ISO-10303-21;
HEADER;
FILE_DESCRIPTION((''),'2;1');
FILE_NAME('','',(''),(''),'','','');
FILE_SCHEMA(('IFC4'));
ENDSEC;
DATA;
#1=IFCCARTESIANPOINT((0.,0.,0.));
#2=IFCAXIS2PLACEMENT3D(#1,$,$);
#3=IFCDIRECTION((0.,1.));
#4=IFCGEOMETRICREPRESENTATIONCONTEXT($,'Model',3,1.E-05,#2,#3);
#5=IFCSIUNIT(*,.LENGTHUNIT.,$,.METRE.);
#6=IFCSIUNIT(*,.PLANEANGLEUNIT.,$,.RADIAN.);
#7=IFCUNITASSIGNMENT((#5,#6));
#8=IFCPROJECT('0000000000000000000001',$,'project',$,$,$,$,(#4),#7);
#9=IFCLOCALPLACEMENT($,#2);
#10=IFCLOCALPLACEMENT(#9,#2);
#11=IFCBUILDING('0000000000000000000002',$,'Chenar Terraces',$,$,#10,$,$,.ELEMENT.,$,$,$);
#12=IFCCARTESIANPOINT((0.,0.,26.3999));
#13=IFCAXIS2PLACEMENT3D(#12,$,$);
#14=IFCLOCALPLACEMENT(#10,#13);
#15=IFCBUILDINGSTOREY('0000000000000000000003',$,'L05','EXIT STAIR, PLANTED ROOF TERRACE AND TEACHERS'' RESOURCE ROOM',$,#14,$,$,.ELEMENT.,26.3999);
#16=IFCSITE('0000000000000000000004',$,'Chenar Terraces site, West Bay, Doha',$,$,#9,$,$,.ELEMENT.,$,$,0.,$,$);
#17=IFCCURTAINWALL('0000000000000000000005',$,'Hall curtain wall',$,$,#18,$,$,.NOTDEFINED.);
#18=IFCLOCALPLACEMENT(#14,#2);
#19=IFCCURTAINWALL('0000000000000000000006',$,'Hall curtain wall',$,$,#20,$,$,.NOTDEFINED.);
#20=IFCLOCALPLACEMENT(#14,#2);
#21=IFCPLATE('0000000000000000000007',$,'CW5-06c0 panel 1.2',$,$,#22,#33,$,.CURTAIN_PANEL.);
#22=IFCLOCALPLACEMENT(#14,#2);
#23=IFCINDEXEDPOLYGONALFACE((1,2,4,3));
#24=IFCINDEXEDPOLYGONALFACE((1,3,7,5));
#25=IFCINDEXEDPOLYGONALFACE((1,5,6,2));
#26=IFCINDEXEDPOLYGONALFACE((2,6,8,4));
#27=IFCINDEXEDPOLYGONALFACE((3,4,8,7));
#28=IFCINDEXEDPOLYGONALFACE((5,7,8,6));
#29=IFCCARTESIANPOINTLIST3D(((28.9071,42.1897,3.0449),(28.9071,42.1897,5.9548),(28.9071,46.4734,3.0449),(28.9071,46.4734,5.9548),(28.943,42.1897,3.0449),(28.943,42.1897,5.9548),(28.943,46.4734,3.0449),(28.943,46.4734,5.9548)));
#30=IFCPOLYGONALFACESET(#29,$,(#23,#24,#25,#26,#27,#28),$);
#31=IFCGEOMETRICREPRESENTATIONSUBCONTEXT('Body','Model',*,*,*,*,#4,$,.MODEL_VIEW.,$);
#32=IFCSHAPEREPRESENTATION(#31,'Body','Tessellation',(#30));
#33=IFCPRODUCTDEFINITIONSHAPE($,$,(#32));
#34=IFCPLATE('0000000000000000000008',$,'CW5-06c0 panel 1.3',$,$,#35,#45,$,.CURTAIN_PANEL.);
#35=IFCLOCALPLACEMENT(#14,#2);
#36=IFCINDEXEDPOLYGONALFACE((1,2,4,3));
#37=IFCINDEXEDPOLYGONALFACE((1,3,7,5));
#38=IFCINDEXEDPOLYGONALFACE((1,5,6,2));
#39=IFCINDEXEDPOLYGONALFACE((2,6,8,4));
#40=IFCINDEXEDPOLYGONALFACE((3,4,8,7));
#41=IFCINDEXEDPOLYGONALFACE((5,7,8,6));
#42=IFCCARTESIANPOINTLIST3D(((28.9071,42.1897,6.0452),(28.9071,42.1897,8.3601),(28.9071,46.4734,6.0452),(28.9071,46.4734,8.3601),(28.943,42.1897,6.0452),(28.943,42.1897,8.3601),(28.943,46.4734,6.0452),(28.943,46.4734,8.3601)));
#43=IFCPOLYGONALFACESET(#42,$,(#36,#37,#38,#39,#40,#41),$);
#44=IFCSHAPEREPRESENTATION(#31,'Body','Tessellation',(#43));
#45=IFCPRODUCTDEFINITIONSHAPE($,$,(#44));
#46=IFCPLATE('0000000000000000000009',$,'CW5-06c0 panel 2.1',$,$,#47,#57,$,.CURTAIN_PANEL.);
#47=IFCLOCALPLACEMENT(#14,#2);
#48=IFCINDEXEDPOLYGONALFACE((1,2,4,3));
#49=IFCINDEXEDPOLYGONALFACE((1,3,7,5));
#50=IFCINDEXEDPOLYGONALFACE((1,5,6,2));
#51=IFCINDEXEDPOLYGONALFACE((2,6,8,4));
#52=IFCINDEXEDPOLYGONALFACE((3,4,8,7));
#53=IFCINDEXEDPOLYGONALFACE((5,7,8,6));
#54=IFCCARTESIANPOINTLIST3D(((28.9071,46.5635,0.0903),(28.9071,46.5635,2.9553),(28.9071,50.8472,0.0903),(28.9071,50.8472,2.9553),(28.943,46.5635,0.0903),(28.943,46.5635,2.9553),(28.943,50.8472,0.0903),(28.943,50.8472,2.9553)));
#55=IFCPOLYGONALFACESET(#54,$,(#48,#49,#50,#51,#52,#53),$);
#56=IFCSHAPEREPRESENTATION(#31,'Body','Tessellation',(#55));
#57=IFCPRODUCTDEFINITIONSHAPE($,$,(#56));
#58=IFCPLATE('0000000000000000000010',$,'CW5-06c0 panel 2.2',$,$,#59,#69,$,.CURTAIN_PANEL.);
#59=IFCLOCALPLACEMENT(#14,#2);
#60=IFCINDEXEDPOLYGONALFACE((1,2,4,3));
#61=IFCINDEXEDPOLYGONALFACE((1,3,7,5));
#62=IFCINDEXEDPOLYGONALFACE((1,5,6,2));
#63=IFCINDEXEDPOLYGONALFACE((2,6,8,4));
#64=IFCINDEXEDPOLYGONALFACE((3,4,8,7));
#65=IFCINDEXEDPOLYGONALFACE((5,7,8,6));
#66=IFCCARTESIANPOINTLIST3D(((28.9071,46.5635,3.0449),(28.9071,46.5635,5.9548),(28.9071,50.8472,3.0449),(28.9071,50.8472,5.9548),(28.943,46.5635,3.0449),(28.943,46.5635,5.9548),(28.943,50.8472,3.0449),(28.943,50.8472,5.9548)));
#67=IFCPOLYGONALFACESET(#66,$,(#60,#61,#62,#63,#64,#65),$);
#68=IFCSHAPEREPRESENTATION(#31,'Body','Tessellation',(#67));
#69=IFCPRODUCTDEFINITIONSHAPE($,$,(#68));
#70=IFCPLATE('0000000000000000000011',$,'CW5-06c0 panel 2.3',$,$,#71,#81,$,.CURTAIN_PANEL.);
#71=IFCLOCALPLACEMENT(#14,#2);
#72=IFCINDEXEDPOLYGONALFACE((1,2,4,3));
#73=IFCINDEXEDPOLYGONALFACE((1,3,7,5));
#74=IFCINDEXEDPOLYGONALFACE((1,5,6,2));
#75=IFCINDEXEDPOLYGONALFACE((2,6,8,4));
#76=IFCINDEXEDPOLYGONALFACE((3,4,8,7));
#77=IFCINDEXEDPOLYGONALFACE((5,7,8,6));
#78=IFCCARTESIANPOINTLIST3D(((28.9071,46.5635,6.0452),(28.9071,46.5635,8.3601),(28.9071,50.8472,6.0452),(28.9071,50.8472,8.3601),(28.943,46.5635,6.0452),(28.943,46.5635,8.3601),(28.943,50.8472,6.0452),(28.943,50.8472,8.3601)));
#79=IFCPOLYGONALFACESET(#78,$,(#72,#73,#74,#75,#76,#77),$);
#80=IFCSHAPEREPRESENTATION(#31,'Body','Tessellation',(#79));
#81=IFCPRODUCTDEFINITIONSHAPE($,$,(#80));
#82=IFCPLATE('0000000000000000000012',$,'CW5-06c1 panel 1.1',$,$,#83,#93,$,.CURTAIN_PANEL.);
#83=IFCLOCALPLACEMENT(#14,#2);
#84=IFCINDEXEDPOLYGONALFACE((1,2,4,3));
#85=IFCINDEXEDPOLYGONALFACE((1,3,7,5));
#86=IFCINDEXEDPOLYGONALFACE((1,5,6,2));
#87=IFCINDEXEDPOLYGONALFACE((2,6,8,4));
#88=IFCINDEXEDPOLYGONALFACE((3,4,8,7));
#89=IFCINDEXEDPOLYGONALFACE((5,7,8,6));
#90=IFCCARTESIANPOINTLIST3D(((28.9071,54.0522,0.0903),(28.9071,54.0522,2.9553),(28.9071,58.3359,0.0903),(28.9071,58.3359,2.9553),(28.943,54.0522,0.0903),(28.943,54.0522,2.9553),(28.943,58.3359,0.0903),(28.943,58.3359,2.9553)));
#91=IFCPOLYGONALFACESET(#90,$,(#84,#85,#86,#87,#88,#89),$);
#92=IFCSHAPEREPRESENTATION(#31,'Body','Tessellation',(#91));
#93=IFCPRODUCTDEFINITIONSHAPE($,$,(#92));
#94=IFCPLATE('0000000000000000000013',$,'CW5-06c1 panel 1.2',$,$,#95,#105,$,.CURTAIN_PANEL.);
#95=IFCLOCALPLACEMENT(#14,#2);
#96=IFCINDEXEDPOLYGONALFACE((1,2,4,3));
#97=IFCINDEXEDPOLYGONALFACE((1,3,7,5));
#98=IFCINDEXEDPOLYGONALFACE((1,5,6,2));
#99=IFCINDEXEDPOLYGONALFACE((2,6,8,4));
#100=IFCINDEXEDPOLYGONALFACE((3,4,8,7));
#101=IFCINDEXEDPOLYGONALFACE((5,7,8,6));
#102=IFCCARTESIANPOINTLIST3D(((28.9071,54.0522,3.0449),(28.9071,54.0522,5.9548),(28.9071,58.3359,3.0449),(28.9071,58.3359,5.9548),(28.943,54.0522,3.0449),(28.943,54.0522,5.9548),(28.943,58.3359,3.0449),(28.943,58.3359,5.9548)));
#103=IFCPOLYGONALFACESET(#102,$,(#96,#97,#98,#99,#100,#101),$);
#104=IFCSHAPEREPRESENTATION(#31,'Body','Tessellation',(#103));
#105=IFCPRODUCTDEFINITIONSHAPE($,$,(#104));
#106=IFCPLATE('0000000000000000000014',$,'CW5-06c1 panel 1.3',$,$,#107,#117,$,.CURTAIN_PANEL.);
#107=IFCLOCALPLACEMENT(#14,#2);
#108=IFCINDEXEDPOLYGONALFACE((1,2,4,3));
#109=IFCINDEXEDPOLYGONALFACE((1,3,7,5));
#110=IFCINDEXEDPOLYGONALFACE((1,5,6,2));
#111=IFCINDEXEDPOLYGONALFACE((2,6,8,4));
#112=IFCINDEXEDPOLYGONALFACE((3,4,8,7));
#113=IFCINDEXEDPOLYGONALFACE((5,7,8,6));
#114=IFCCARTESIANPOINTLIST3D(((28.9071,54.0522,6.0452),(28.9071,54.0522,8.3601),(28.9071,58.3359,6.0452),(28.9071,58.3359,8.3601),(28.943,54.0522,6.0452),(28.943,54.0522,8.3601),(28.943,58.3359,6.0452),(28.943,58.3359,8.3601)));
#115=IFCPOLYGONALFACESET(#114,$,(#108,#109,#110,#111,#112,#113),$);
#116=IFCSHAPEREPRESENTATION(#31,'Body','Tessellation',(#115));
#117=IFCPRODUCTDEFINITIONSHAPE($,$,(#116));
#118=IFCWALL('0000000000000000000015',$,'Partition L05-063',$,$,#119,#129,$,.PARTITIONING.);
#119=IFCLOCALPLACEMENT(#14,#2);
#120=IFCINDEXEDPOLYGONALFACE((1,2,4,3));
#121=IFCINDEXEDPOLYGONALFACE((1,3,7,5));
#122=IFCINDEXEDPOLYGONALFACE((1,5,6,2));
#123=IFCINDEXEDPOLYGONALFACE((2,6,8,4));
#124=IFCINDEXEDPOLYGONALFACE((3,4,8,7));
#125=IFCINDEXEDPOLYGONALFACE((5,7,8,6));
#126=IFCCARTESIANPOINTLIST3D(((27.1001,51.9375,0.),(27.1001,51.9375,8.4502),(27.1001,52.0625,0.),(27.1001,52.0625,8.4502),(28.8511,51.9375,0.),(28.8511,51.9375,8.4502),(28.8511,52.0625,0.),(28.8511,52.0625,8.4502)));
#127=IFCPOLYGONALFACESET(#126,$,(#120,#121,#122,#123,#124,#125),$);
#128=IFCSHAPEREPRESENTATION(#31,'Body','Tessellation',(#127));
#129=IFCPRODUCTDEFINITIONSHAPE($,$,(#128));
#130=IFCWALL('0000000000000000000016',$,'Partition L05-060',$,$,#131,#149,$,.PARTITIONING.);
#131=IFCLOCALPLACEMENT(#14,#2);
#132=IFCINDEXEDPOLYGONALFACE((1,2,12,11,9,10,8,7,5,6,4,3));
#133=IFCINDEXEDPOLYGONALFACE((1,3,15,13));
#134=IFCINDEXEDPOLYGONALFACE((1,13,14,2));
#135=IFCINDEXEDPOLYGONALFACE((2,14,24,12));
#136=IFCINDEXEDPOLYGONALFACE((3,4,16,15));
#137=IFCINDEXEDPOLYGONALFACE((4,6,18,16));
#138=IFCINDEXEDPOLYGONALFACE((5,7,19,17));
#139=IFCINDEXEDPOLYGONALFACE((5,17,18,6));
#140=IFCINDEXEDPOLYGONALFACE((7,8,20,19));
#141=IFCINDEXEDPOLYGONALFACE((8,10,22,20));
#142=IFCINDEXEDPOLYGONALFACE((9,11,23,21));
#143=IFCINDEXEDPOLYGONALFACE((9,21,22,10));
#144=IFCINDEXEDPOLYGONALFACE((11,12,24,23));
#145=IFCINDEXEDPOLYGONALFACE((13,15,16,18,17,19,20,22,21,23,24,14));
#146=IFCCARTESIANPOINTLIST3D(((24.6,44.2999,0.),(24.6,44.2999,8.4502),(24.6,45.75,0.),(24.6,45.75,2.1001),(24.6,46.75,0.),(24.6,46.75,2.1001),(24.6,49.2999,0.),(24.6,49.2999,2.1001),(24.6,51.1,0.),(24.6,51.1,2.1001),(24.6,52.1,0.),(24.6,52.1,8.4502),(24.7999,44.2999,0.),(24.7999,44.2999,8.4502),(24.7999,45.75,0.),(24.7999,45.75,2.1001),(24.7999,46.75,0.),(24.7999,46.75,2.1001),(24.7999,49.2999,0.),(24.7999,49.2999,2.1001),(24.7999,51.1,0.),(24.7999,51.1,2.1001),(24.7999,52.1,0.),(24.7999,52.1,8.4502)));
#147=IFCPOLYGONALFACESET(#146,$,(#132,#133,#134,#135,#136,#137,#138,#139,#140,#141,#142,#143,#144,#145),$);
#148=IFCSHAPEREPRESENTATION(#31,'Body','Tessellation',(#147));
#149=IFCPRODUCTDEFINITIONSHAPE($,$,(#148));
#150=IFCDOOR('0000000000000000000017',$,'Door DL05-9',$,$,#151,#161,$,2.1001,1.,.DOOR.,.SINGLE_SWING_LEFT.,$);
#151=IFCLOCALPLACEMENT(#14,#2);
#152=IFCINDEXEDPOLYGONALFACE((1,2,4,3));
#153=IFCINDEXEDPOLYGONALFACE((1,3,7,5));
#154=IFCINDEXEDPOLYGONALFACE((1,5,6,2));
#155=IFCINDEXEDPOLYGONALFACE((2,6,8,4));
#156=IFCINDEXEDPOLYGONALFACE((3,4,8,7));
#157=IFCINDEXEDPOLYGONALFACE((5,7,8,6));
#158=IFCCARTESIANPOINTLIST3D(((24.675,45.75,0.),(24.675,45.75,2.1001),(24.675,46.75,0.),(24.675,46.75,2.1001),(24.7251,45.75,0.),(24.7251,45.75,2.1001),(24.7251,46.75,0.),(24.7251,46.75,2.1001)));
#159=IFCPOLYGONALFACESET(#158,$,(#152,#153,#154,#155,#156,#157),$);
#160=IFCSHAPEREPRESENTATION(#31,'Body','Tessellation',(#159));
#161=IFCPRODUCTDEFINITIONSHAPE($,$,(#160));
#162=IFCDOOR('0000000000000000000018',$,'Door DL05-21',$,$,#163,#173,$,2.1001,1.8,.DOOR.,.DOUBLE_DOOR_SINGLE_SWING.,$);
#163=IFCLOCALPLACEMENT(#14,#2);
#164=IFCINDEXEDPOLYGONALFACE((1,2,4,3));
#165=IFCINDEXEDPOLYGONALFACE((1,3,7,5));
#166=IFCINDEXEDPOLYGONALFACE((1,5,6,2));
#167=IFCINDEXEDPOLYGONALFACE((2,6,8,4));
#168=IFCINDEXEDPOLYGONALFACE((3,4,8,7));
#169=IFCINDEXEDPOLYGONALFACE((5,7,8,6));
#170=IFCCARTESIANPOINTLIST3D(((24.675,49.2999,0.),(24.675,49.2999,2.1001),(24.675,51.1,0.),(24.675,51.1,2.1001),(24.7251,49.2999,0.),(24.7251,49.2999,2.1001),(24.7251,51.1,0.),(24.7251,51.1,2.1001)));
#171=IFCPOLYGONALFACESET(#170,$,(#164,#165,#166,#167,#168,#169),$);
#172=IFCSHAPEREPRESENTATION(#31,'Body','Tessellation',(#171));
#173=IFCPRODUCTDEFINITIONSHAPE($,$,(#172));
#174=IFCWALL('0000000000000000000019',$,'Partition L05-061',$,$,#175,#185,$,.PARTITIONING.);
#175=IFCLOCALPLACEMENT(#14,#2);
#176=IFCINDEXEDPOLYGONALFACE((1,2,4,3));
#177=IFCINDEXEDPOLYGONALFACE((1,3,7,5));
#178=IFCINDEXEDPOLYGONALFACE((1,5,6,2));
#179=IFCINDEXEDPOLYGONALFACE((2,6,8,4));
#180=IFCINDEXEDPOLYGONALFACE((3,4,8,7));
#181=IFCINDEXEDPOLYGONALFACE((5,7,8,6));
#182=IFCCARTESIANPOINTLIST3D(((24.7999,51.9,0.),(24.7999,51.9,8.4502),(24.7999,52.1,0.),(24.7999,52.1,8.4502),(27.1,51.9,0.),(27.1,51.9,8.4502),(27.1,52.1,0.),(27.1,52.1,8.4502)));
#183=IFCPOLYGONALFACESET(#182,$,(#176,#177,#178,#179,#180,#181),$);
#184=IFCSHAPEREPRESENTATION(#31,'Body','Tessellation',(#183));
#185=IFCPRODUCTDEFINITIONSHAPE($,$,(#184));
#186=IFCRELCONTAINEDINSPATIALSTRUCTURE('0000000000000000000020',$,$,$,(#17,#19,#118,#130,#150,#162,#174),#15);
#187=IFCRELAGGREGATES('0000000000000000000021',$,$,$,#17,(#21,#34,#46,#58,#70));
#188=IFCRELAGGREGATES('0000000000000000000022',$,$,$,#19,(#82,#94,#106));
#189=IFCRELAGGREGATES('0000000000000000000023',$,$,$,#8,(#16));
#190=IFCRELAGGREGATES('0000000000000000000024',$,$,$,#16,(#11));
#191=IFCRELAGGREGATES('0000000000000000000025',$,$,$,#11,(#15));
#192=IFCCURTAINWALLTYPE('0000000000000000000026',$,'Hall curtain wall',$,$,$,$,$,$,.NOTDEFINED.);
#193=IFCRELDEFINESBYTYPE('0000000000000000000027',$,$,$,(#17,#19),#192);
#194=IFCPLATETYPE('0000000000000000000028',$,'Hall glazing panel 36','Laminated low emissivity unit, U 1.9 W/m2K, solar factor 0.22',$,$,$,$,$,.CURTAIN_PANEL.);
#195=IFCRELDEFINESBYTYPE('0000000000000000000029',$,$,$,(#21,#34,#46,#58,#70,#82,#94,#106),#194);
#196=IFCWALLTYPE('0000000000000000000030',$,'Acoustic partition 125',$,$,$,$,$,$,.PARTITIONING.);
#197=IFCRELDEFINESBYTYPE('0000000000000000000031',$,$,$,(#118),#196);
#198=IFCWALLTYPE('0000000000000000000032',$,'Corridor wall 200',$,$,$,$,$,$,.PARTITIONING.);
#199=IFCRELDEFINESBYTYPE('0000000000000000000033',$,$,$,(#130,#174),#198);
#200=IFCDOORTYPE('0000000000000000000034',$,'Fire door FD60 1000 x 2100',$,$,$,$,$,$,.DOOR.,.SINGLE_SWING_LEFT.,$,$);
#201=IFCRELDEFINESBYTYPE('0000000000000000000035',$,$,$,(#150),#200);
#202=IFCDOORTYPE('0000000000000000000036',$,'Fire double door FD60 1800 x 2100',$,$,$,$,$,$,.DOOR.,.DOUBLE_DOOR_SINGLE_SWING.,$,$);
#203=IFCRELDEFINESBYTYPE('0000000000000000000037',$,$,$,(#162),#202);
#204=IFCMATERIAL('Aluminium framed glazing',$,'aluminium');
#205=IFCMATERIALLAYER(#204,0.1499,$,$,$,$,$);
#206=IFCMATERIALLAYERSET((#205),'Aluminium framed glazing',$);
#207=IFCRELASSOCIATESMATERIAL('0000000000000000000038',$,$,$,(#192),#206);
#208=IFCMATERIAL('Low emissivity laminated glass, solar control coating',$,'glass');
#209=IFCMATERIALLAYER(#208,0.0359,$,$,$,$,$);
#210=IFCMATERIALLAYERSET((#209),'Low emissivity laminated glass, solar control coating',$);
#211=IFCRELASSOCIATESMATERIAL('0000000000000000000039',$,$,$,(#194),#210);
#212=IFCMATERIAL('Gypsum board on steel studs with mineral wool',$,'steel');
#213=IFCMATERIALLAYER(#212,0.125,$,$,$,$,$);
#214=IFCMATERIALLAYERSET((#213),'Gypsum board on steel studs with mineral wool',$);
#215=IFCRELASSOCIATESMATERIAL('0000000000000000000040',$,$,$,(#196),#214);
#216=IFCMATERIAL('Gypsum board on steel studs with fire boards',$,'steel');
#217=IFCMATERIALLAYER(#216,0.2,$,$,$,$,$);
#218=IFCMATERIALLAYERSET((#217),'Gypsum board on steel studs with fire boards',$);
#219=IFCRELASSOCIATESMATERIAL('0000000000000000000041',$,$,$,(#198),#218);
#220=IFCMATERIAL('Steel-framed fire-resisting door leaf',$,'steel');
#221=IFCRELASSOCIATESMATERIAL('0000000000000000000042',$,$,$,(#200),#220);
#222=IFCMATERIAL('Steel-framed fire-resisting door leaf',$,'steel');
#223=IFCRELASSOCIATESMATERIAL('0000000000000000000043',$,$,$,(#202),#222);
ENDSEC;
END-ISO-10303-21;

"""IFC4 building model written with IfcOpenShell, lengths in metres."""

from ifc_helpers import new_model, si_unit, direction, frame, frame_2d, origin, origin_2d, place, context, subcontext, project, spatial, rectangle, extrude, material, layer, layer_set, type_object, element, fill, aggregate, save


model = new_model("IFC4")

# Units and contexts
model_context = context("Model", 3, precision=1e-05, world=origin(), true_north=direction((0.0, 1.0)))
body_context = subcontext(model_context, "Body", "Model", "MODEL_VIEW")
ifc_project = project(units=[si_unit("LENGTHUNIT", "METRE"), si_unit("PLANEANGLEUNIT", "RADIAN")], contexts=[model_context])

# Site, building, storey
site_placement = place(None, origin())
site = spatial("IfcSite", under=ifc_project, at=site_placement, Name="Chenar Terraces site, West Bay, Doha", CompositionType="ELEMENT", RefElevation=0.0)
building_placement = place(site_placement, origin())
building = spatial("IfcBuilding", under=site, at=building_placement, Name="Chenar Terraces", CompositionType="ELEMENT")
storey_placement = place(building_placement, frame((0.0, 0.0, 26.3999)))
storey = spatial("IfcBuildingStorey", under=building, at=storey_placement, Name="L05", Description="EXIT STAIR, PLANTED ROOF TERRACE AND TEACHERS' RESOURCE ROOM", CompositionType="ELEMENT", Elevation=26.3999)

# Curtain wall
ifc_material_1 = material(Name="Aluminium framed glazing", Category="aluminium")
ifc_layer_1 = layer(ifc_material_1, 0.1499)
ifc_layer_set_1 = layer_set([ifc_layer_1], Name="Aluminium framed glazing")
curtain_wall_type = type_object("IfcCurtainWallType", Name="Hall curtain wall", PredefinedType="NOTDEFINED", material=ifc_layer_set_1)
placement = place(storey_placement, origin())
curtain_wall_1 = element("IfcCurtainWall", 1, at=placement, inside=storey, type_object=curtain_wall_type, Name="Hall curtain wall", PredefinedType="NOTDEFINED")

# Curtain wall
curtain_wall_2 = element("IfcCurtainWall", 2, at=placement, inside=storey, type_object=curtain_wall_type, Name="Hall curtain wall", PredefinedType="NOTDEFINED")

# Plates
ifc_material_2 = material(Name="Low emissivity laminated glass, solar control coating", Category="glass")
ifc_layer_2 = layer(ifc_material_2, 0.0359)
ifc_layer_set_2 = layer_set([ifc_layer_2], Name="Low emissivity laminated glass, solar control coating")
plate_type = type_object("IfcPlateType", Name="Hall glazing panel 36", Description="Laminated low emissivity unit, U 1.9 W/m2K, solar factor 0.22", PredefinedType="CURTAIN_PANEL", material=ifc_layer_set_2)
plate_1_placement = place(storey_placement, frame((28.925, 44.3315, 3.0449), z_axis=(0.0, 0.0, 1.0), x_axis=(0.0, 1.0, 0.0)))
plate_1 = element("IfcPlate", 3, at=plate_1_placement, type_object=plate_type, Name="CW5-06c0 panel 1.2", PredefinedType="CURTAIN_PANEL", context=body_context, shape_type="SweptSolid", body=[
    extrude(rectangle(XDim=4.2837, YDim=0.0359, at=origin_2d()), origin(), (0.0, 0.0, 1.0), 2.9099),
])
plate_2_placement = place(storey_placement, frame((28.925, 44.3315, 6.0452), z_axis=(0.0, 0.0, 1.0), x_axis=(0.0, 1.0, 0.0)))
plate_2 = element("IfcPlate", 4, at=plate_2_placement, type_object=plate_type, Name="CW5-06c0 panel 1.3", PredefinedType="CURTAIN_PANEL", context=body_context, shape_type="SweptSolid", body=[
    extrude(rectangle(XDim=4.2837, YDim=0.0359, at=origin_2d()), origin(), (0.0, 0.0, 1.0), 2.3149),
])
plate_3_placement = place(storey_placement, frame((28.925, 48.7053, 0.0903), z_axis=(0.0, 0.0, 1.0), x_axis=(0.0, 1.0, 0.0)))
plate_3 = element("IfcPlate", 5, at=plate_3_placement, type_object=plate_type, Name="CW5-06c0 panel 2.1", PredefinedType="CURTAIN_PANEL", context=body_context, shape_type="SweptSolid", body=[
    extrude(rectangle(XDim=4.2837, YDim=0.0359, at=origin_2d()), origin(), (0.0, 0.0, 1.0), 2.865),
])
plate_4_placement = place(storey_placement, frame((28.925, 48.7053, 3.0449), z_axis=(0.0, 0.0, 1.0), x_axis=(0.0, 1.0, 0.0)))
plate_4 = element("IfcPlate", 6, at=plate_4_placement, type_object=plate_type, Name="CW5-06c0 panel 2.2", PredefinedType="CURTAIN_PANEL", context=body_context, shape_type="SweptSolid", body=[
    extrude(rectangle(XDim=4.2837, YDim=0.0359, at=origin_2d()), origin(), (0.0, 0.0, 1.0), 2.9099),
])
plate_5_placement = place(storey_placement, frame((28.925, 48.7053, 6.0452), z_axis=(0.0, 0.0, 1.0), x_axis=(0.0, 1.0, 0.0)))
plate_5 = element("IfcPlate", 7, at=plate_5_placement, type_object=plate_type, Name="CW5-06c0 panel 2.3", PredefinedType="CURTAIN_PANEL", context=body_context, shape_type="SweptSolid", body=[
    extrude(rectangle(XDim=4.2837, YDim=0.0359, at=origin_2d()), origin(), (0.0, 0.0, 1.0), 2.3149),
])
aggregate(curtain_wall_1, [plate_1, plate_2, plate_3, plate_4, plate_5])
plate_6_placement = place(storey_placement, frame((28.925, 56.1941, 0.0903), z_axis=(0.0, 0.0, 1.0), x_axis=(0.0, 1.0, 0.0)))
plate_6 = element("IfcPlate", 8, at=plate_6_placement, type_object=plate_type, Name="CW5-06c1 panel 1.1", PredefinedType="CURTAIN_PANEL", context=body_context, shape_type="SweptSolid", body=[
    extrude(rectangle(XDim=4.2837, YDim=0.0359, at=origin_2d()), origin(), (0.0, 0.0, 1.0), 2.865),
])
plate_7_placement = place(storey_placement, frame((28.925, 56.1941, 3.0449), z_axis=(0.0, 0.0, 1.0), x_axis=(0.0, 1.0, 0.0)))
plate_7 = element("IfcPlate", 9, at=plate_7_placement, type_object=plate_type, Name="CW5-06c1 panel 1.2", PredefinedType="CURTAIN_PANEL", context=body_context, shape_type="SweptSolid", body=[
    extrude(rectangle(XDim=4.2837, YDim=0.0359, at=origin_2d()), origin(), (0.0, 0.0, 1.0), 2.9099),
])
plate_8_placement = place(storey_placement, frame((28.925, 56.1941, 6.0452), z_axis=(0.0, 0.0, 1.0), x_axis=(0.0, 1.0, 0.0)))
plate_8 = element("IfcPlate", 10, at=plate_8_placement, type_object=plate_type, Name="CW5-06c1 panel 1.3", PredefinedType="CURTAIN_PANEL", context=body_context, shape_type="SweptSolid", body=[
    extrude(rectangle(XDim=4.2837, YDim=0.0359, at=origin_2d()), origin(), (0.0, 0.0, 1.0), 2.3149),
])
aggregate(curtain_wall_2, [plate_6, plate_7, plate_8])

# Wall
ifc_material_3 = material(Name="Gypsum board on steel studs with mineral wool", Category="steel")
ifc_layer_3 = layer(ifc_material_3, 0.125)
ifc_layer_set_3 = layer_set([ifc_layer_3], Name="Gypsum board on steel studs with mineral wool")
wall_type_1 = type_object("IfcWallType", Name="Acoustic partition 125", PredefinedType="PARTITIONING", material=ifc_layer_set_3)
wall_1_placement = place(storey_placement, frame((27.1001, 52.0, 0.0), z_axis=(0.0, 0.0, 1.0), x_axis=(1.0, 0.0, 0.0)))
element("IfcWall", 11, at=wall_1_placement, inside=storey, type_object=wall_type_1, Name="Partition L05-063", PredefinedType="PARTITIONING", context=body_context, shape_type="SweptSolid", body=[
    extrude(rectangle(XDim=1.751, YDim=0.125, at=frame_2d((0.8755, 0.0))), origin(), (0.0, 0.0, 1.0), 8.4502),
])

# Wall, openings, doors
ifc_material_4 = material(Name="Gypsum board on steel studs with fire boards", Category="steel")
ifc_layer_4 = layer(ifc_material_4, 0.2)
ifc_layer_set_4 = layer_set([ifc_layer_4], Name="Gypsum board on steel studs with fire boards")
wall_type_2 = type_object("IfcWallType", Name="Corridor wall 200", PredefinedType="PARTITIONING", material=ifc_layer_set_4)
wall_2_placement = place(storey_placement, frame((24.7, 44.3, 0.0), z_axis=(0.0, 0.0, 1.0), x_axis=(0.0, 1.0, 0.0)))
wall_2 = element("IfcWall", 12, at=wall_2_placement, inside=storey, type_object=wall_type_2, Name="Partition L05-060", PredefinedType="PARTITIONING", context=body_context, shape_type="SweptSolid", body=[
    extrude(rectangle(XDim=7.8, YDim=0.2, at=frame_2d((3.8999, 0.0))), origin(), (0.0, 0.0, 1.0), 8.4502),
])
opening_1_placement = place(wall_2_placement, frame((1.45, 0.0, 0.0)))
opening_1 = element("IfcOpeningElement", 13, at=opening_1_placement, cuts=wall_2, PredefinedType="OPENING", context=body_context, shape_type="SweptSolid", body=[
    extrude(rectangle(XDim=1.0, YDim=2.1001, at=frame_2d((0.5, 1.05))), frame((0.0, 0.1099, 0.0), z_axis=(0.0, -1.0, 0.0), x_axis=(1.0, 0.0, 0.0)), (0.0, 0.0, 1.0), 0.22),
])
opening_2_placement = place(wall_2_placement, frame((5.0, 0.0, 0.0)))
opening_2 = element("IfcOpeningElement", 14, at=opening_2_placement, cuts=wall_2, PredefinedType="OPENING", context=body_context, shape_type="SweptSolid", body=[
    extrude(rectangle(XDim=1.8, YDim=2.1001, at=frame_2d((0.8999, 1.05))), frame((0.0, 0.1099, 0.0), z_axis=(0.0, -1.0, 0.0), x_axis=(1.0, 0.0, 0.0)), (0.0, 0.0, 1.0), 0.22),
])
ifc_material_5 = material(Name="Steel-framed fire-resisting door leaf", Category="steel")
door_type_1 = type_object("IfcDoorType", Name="Fire door FD60 1000 x 2100", OperationType="SINGLE_SWING_LEFT", PredefinedType="DOOR", material=ifc_material_5)
door_1_placement = place(opening_1_placement, origin())
door_1 = element("IfcDoor", 15, at=door_1_placement, inside=storey, type_object=door_type_1, Name="Door DL05-9", OperationType="SINGLE_SWING_LEFT", OverallHeight=2.1001, OverallWidth=1.0, PredefinedType="DOOR", context=body_context, shape_type="SweptSolid", body=[
    extrude(rectangle(XDim=1.0, YDim=2.1001, at=frame_2d((0.5, 1.05))), frame((0.0, 0.0249, 0.0), z_axis=(0.0, -1.0, 0.0), x_axis=(1.0, 0.0, 0.0)), (0.0, 0.0, 1.0), 0.05),
])
fill(opening_1, door_1)
ifc_material_6 = material(Name="Steel-framed fire-resisting door leaf", Category="steel")
door_type_2 = type_object("IfcDoorType", Name="Fire double door FD60 1800 x 2100", OperationType="DOUBLE_DOOR_SINGLE_SWING", PredefinedType="DOOR", material=ifc_material_6)
door_2_placement = place(opening_2_placement, origin())
door_2 = element("IfcDoor", 16, at=door_2_placement, inside=storey, type_object=door_type_2, Name="Door DL05-21", OperationType="DOUBLE_DOOR_SINGLE_SWING", OverallHeight=2.1001, OverallWidth=1.8, PredefinedType="DOOR", context=body_context, shape_type="SweptSolid", body=[
    extrude(rectangle(XDim=1.8, YDim=2.1001, at=frame_2d((0.8999, 1.05))), frame((0.0, 0.0249, 0.0), z_axis=(0.0, -1.0, 0.0), x_axis=(1.0, 0.0, 0.0)), (0.0, 0.0, 1.0), 0.05),
])
fill(opening_2, door_2)

# Wall
wall_3_placement = place(storey_placement, frame((24.8, 52.0, 0.0), z_axis=(0.0, 0.0, 1.0), x_axis=(1.0, 0.0, 0.0)))
element("IfcWall", 17, at=wall_3_placement, inside=storey, type_object=wall_type_2, Name="Partition L05-061", PredefinedType="PARTITIONING", context=body_context, shape_type="SweptSolid", body=[
    extrude(rectangle(XDim=2.3, YDim=0.2, at=frame_2d((1.1499, 0.0))), origin(), (0.0, 0.0, 1.0), 8.4502),
])

save(model, "model.ifc")
